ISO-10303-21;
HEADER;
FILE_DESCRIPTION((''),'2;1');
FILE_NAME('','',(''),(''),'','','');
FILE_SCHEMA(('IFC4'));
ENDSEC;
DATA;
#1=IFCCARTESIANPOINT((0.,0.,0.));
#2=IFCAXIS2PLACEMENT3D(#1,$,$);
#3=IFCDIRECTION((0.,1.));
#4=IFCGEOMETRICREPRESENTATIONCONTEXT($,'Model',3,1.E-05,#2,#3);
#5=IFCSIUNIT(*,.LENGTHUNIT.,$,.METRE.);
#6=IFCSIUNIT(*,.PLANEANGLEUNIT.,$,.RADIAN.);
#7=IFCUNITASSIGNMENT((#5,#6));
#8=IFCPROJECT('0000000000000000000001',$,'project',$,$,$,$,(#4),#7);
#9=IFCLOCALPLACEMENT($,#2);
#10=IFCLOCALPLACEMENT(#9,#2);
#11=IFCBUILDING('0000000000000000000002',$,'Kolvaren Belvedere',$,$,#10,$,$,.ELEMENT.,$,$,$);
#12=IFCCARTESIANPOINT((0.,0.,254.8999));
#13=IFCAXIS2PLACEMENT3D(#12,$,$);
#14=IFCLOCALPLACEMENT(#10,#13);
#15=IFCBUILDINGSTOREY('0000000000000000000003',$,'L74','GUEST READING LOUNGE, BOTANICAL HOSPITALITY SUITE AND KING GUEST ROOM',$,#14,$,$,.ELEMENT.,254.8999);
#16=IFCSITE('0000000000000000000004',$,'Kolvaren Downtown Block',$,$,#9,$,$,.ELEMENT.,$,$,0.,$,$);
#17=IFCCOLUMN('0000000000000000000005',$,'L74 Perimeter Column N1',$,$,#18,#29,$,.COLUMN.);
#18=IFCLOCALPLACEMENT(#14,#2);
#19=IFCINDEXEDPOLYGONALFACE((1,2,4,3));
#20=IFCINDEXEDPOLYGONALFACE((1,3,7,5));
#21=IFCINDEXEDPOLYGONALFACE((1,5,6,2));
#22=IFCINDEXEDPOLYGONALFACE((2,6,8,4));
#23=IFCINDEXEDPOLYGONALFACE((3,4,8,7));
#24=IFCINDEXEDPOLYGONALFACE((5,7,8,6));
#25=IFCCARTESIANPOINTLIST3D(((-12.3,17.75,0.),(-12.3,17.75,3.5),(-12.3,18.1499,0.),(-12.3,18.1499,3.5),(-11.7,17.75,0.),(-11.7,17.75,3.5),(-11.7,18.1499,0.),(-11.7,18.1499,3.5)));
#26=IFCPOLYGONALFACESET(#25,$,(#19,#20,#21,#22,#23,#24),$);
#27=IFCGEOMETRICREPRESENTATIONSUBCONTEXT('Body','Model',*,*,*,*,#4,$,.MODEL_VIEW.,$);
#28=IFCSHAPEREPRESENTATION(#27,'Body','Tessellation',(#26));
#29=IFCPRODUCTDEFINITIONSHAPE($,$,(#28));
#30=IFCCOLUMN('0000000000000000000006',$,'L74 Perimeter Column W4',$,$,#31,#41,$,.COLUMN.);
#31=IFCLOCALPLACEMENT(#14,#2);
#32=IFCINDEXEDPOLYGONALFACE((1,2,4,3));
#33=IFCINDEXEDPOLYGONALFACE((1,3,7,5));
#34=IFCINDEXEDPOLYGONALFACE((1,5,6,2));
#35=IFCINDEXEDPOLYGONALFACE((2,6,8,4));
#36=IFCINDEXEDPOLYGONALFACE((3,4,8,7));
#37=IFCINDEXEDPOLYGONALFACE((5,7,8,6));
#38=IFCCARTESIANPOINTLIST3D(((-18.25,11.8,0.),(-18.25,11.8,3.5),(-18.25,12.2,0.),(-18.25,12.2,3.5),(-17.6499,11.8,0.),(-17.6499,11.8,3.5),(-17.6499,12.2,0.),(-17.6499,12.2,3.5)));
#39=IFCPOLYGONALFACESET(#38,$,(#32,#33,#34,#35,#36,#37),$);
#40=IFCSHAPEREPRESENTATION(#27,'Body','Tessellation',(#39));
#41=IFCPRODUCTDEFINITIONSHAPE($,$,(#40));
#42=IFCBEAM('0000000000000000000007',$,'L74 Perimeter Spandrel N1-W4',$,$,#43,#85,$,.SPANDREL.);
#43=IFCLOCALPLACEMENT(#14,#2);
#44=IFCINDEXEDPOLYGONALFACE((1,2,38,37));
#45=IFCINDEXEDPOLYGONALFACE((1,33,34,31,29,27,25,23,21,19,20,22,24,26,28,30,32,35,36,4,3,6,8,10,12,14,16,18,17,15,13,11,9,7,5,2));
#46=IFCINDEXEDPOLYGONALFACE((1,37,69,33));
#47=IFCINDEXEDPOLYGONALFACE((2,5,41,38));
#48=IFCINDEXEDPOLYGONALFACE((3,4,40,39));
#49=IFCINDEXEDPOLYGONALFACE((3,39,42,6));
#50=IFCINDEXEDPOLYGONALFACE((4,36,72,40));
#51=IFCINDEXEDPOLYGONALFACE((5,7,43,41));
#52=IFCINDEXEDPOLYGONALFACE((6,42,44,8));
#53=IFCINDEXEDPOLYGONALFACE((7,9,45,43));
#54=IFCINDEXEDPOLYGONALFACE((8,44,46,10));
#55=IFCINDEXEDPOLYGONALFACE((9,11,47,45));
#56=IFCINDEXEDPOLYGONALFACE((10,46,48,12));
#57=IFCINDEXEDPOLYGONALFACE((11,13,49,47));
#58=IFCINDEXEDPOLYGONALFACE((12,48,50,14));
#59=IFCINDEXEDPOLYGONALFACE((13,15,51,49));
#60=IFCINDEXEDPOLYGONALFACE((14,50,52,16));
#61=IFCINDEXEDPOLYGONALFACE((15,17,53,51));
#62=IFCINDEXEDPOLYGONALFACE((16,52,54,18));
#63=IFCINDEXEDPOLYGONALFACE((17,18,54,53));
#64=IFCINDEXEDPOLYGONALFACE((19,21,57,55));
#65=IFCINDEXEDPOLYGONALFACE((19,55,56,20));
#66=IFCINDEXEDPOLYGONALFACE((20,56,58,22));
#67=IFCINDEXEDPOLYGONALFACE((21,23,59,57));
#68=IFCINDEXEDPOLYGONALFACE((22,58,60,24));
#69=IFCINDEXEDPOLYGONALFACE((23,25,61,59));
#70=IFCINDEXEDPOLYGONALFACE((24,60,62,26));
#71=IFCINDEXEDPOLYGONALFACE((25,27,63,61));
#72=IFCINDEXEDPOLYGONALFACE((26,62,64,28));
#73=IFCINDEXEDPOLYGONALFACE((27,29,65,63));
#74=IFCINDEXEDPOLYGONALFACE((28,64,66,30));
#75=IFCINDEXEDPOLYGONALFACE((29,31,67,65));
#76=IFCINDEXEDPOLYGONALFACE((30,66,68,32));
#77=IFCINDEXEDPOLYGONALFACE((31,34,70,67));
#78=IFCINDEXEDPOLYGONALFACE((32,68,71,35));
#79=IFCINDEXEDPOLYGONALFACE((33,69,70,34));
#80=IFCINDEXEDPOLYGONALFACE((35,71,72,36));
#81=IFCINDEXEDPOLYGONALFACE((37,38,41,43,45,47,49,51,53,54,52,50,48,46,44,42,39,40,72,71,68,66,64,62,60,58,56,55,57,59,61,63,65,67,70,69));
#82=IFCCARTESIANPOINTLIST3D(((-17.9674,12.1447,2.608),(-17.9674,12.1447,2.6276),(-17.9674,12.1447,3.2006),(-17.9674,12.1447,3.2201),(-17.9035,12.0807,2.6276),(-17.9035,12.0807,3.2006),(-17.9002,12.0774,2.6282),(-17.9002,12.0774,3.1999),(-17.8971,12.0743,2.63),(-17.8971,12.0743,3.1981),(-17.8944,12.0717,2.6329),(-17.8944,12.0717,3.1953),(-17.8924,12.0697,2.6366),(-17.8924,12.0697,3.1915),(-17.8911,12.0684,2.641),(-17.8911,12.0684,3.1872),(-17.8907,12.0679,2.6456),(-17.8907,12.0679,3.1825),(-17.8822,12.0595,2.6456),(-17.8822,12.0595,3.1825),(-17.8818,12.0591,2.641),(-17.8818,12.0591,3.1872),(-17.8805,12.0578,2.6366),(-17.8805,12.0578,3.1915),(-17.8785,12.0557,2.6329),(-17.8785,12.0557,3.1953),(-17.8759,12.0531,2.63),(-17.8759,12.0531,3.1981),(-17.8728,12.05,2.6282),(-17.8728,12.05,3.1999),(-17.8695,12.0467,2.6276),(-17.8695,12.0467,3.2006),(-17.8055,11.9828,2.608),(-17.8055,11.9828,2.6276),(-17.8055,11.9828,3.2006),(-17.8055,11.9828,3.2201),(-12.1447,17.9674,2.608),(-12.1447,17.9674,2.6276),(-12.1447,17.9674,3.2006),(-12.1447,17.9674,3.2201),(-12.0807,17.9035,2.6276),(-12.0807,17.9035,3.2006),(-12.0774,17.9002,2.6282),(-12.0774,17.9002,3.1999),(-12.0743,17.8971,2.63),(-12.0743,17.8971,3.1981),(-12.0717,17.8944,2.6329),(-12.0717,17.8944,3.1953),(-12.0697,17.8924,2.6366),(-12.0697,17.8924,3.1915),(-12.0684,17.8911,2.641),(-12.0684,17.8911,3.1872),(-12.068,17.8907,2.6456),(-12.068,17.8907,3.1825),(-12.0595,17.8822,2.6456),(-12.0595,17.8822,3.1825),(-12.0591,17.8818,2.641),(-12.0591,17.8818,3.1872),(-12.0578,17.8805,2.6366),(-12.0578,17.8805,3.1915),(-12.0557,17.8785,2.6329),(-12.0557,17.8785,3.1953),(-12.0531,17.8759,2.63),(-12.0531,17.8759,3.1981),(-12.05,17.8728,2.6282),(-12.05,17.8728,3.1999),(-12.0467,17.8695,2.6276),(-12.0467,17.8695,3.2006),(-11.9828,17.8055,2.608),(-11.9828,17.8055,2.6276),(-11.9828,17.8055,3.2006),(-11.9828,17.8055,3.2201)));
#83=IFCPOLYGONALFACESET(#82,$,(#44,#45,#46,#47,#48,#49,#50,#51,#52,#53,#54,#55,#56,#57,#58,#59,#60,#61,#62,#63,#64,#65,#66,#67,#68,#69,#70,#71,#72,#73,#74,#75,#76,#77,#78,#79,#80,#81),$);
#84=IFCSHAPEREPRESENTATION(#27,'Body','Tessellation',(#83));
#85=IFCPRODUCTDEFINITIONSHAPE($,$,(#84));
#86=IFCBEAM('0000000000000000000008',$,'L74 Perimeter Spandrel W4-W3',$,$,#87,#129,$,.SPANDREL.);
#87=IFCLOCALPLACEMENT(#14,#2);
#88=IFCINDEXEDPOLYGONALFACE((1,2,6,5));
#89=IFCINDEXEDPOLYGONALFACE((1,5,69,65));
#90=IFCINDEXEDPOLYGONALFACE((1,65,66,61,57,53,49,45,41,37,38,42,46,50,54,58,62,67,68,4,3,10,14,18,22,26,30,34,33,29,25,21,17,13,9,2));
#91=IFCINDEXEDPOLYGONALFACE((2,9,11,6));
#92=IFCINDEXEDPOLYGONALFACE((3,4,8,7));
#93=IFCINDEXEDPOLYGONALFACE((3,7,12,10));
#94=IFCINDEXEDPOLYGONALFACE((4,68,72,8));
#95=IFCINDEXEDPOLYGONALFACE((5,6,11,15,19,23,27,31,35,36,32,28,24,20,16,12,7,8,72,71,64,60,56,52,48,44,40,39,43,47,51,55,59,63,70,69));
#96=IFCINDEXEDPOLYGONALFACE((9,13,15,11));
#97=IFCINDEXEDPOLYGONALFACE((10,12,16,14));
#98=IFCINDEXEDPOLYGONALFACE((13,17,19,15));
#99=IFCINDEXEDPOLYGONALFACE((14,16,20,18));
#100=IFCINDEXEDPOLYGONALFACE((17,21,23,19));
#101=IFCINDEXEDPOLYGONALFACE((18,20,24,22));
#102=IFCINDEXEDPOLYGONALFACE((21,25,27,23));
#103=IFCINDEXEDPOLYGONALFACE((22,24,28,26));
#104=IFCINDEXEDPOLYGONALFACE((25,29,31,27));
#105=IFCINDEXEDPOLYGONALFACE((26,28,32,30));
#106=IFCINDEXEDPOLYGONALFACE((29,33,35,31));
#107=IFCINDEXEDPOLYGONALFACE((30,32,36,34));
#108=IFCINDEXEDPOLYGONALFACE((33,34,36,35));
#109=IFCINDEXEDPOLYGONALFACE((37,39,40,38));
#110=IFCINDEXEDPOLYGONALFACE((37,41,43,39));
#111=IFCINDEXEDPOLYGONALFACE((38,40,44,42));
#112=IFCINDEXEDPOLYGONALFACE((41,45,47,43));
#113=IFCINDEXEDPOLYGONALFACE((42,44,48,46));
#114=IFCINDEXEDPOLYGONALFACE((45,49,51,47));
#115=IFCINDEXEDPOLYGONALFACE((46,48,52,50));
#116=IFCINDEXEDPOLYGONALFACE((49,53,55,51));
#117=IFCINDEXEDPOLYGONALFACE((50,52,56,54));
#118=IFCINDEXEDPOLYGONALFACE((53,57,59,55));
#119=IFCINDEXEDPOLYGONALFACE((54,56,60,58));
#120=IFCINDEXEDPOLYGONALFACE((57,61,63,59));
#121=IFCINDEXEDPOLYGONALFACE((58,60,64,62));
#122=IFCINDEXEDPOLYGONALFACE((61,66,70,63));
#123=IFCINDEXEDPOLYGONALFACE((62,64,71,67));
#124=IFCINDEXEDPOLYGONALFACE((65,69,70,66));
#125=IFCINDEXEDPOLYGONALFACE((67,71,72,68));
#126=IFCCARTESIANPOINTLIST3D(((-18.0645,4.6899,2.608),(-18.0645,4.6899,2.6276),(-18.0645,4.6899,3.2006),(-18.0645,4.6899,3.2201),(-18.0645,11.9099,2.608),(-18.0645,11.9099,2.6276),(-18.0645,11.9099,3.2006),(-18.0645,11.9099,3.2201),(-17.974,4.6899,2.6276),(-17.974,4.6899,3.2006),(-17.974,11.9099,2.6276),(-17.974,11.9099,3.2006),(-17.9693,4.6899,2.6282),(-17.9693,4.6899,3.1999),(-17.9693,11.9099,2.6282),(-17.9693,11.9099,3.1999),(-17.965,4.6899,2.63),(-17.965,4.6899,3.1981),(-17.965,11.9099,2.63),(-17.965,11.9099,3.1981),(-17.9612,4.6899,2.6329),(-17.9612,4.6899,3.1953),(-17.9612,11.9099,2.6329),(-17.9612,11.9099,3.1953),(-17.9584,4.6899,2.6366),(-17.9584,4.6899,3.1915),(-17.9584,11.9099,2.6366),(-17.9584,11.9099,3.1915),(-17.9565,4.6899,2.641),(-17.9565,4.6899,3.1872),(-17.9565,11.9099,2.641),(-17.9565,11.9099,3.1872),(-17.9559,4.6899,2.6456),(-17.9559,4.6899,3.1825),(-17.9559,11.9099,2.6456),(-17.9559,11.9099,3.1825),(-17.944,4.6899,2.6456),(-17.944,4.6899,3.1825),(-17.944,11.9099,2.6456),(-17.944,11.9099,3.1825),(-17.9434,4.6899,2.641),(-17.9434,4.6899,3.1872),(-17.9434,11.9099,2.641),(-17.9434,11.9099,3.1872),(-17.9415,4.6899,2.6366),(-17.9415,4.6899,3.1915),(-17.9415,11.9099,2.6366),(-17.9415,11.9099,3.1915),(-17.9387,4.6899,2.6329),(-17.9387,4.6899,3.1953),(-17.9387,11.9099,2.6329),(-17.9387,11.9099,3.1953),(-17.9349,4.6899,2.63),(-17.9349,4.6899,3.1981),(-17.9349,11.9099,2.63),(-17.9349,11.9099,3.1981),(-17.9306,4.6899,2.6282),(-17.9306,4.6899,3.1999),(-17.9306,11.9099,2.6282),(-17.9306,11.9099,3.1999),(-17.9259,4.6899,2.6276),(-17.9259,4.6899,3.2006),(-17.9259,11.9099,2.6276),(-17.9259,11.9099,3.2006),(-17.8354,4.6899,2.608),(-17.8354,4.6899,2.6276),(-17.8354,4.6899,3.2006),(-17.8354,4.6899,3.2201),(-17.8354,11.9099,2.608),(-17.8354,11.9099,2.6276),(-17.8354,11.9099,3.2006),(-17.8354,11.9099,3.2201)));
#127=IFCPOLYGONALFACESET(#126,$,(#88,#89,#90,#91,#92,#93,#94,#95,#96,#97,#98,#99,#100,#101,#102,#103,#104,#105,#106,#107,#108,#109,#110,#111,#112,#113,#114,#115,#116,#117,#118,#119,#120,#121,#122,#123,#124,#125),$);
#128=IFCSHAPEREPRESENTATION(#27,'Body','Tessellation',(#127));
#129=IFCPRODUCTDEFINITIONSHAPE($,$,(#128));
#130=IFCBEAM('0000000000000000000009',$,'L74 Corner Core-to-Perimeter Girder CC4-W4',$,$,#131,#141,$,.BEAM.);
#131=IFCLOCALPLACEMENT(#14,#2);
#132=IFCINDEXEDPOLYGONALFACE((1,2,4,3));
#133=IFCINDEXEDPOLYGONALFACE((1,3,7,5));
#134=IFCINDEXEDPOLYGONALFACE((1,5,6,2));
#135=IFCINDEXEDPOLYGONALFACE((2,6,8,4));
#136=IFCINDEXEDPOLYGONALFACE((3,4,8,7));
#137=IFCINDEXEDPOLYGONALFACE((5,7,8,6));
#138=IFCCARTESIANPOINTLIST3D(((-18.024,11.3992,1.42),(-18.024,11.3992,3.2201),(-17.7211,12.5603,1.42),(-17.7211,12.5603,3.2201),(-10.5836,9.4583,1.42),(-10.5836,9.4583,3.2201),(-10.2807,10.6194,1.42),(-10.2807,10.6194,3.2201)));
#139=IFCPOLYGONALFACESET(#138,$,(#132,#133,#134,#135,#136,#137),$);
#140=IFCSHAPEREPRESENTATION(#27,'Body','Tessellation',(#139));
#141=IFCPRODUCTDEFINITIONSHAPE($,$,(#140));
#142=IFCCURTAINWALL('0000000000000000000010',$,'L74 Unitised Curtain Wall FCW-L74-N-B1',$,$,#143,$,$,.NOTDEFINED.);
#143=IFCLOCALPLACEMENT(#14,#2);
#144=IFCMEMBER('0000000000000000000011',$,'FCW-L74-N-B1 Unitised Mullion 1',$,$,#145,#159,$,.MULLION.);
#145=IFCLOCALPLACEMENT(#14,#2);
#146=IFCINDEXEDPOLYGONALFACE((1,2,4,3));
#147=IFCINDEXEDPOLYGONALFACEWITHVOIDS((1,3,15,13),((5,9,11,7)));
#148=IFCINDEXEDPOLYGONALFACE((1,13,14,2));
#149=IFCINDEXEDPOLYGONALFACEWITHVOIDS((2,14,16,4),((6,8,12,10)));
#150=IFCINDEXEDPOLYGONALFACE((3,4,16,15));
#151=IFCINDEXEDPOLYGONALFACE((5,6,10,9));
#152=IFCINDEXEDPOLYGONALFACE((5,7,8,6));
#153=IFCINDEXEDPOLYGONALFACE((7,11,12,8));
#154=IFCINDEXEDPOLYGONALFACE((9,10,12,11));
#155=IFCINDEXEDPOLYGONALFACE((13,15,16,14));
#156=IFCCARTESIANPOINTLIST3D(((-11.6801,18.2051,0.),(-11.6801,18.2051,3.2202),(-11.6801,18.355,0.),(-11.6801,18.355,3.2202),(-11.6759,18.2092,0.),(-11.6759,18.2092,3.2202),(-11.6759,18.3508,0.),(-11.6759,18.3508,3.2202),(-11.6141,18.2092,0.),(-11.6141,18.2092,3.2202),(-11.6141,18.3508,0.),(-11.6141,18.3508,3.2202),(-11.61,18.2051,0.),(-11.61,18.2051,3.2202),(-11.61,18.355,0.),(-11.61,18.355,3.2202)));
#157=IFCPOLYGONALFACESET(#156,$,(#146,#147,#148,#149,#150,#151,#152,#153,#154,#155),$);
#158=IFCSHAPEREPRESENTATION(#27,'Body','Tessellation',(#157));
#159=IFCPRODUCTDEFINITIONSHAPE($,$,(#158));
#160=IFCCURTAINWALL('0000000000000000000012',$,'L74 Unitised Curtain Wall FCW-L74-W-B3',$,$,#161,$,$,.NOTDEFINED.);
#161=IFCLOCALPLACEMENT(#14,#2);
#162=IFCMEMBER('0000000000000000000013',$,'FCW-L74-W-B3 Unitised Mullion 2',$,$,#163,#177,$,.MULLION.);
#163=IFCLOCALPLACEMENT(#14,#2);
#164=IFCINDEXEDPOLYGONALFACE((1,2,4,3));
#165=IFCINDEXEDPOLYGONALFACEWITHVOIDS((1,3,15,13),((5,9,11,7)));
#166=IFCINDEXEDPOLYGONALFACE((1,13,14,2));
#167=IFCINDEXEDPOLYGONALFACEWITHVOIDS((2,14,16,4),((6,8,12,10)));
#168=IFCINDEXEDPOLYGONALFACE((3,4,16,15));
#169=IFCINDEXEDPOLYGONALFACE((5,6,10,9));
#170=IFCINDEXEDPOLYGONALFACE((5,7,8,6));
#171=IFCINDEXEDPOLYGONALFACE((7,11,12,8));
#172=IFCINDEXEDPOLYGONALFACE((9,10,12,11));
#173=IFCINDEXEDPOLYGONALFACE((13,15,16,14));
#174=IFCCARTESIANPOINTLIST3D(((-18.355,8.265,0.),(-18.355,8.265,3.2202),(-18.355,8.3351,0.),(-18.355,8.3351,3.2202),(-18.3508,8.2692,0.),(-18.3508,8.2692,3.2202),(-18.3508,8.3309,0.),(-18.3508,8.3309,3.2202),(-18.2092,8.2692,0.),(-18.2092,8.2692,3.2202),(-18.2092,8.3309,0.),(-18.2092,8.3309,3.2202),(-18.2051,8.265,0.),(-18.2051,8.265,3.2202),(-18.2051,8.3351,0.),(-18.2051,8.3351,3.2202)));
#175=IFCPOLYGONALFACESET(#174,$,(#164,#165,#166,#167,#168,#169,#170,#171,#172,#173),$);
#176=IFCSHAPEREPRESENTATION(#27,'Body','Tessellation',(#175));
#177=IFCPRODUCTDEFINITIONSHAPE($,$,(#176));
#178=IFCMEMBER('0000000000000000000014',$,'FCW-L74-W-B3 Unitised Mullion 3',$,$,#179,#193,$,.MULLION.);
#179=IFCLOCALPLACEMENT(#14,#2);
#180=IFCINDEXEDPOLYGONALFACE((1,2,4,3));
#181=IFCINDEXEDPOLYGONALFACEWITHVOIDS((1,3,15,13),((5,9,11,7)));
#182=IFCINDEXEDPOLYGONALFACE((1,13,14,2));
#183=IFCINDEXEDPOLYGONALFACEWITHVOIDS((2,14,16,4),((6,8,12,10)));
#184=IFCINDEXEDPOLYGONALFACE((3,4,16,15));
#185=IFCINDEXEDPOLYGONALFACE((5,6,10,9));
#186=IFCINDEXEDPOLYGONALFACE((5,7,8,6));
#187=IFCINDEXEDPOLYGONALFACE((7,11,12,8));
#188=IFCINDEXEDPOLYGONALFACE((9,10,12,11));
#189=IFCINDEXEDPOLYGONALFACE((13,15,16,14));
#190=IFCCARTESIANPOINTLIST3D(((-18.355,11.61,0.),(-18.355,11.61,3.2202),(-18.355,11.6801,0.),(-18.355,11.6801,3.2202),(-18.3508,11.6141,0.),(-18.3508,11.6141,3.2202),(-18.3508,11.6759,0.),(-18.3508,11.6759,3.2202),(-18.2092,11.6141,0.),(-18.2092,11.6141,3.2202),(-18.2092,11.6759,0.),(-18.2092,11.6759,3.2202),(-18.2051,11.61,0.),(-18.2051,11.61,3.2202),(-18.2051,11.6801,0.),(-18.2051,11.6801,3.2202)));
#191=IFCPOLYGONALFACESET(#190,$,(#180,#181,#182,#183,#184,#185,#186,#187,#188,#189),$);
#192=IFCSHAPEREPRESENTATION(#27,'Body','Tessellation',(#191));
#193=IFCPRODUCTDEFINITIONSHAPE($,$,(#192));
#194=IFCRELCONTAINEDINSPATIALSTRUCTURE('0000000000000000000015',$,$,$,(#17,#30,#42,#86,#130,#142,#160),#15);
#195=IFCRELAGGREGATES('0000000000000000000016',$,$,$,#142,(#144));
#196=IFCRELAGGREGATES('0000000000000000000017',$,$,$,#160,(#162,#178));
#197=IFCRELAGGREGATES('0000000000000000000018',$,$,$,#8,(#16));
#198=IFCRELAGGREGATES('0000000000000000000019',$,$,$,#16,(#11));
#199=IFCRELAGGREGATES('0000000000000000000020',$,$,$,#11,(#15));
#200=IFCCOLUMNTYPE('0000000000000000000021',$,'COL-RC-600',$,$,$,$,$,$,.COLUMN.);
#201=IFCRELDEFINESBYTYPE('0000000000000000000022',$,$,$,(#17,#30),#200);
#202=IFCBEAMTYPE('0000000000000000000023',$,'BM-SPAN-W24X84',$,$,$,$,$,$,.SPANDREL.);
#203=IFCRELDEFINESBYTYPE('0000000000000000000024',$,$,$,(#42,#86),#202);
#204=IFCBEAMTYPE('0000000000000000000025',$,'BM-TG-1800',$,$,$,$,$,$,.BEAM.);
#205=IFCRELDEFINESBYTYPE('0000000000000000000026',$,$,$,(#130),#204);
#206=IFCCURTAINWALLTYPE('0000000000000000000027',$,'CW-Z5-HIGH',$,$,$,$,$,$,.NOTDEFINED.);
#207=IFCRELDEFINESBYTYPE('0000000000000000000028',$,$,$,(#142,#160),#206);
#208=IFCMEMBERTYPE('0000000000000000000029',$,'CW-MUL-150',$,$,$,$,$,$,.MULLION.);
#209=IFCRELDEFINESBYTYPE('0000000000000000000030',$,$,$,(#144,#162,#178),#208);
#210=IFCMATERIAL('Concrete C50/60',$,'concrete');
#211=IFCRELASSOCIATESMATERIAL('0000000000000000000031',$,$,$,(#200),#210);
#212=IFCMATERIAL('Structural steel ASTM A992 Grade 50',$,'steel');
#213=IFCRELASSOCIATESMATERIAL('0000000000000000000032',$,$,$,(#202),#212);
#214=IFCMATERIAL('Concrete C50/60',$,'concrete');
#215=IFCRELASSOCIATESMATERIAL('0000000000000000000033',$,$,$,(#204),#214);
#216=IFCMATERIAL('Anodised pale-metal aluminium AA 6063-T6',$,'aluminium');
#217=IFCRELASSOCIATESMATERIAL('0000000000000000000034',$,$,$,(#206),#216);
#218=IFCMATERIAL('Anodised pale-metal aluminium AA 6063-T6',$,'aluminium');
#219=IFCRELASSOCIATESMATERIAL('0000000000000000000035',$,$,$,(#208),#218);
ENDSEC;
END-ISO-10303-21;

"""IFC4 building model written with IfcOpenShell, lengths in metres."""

from ifc_helpers import new_model, si_unit, direction, frame, origin, origin_2d, place, context, subcontext, project, spatial, rectangle, hollow_rectangle, i_section, extrude, material, material_profile, profile_set, type_object, element, aggregate, save


model = new_model("IFC4")

# Units and contexts
model_context = context("Model", 3, precision=1e-05, world=origin(), true_north=direction((0.0, 1.0)))
body_context = subcontext(model_context, "Body", "Model", "MODEL_VIEW")
ifc_project = project(units=[si_unit("LENGTHUNIT", "METRE"), si_unit("PLANEANGLEUNIT", "RADIAN")], contexts=[model_context])

# Site, building, storey
site_placement = place(None, origin())
site = spatial("IfcSite", under=ifc_project, at=site_placement, Name="Kolvaren Downtown Block", CompositionType="ELEMENT", RefElevation=0.0)
building_placement = place(site_placement, origin())
building = spatial("IfcBuilding", under=site, at=building_placement, Name="Kolvaren Belvedere", CompositionType="ELEMENT")
storey_placement = place(building_placement, frame((0.0, 0.0, 254.8999)))
storey = spatial("IfcBuildingStorey", under=building, at=storey_placement, Name="L74", Description="GUEST READING LOUNGE, BOTANICAL HOSPITALITY SUITE AND KING GUEST ROOM", CompositionType="ELEMENT", Elevation=254.8999)

# Columns
ifc_material_1 = material(Name="Concrete C50/60", Category="concrete")
ifc_material_profile_1 = material_profile(ifc_material_1, rectangle(XDim=0.6001, YDim=0.3999, at=origin_2d()), Name="RC 600X400")
ifc_profile_set_1 = profile_set([ifc_material_profile_1], Name="Concrete C50/60")
column_type = type_object("IfcColumnType", Name="COL-RC-600", PredefinedType="COLUMN", material=ifc_profile_set_1)
for number, where, z_axis, x_axis, name in (
    (1, (-12.0, 17.95, 0.0), (0.0, 0.0, 1.0), (1.0, 0.0, 0.0), "L74 Perimeter Column N1"),
    (2, (-17.95, 12.0, 0.0), (0.0, 0.0, 1.0), (1.0, 0.0, 0.0), "L74 Perimeter Column W4"),
):
    element("IfcColumn", number, at=place(storey_placement, frame(where, z_axis=z_axis, x_axis=x_axis)), inside=storey, type_object=column_type, Name=name, PredefinedType="COLUMN", context=body_context, shape_type="SweptSolid", body=[
        extrude(rectangle(XDim=0.6001, YDim=0.3999, at=origin_2d()), origin(), (0.0, 0.0, 1.0), 3.5),
    ])

# Beams
ifc_material_2 = material(Name="Structural steel ASTM A992 Grade 50", Category="steel")
ifc_material_profile_2 = material_profile(ifc_material_2, i_section(OverallWidth=0.229, OverallDepth=0.6121, WebThickness=0.012, FlangeThickness=0.0195, FilletRadius=0.0181, at=origin_2d()), Name="W24X84")
ifc_profile_set_2 = profile_set([ifc_material_profile_2], Name="Structural steel ASTM A992 Grade 50")
beam_type_1 = type_object("IfcBeamType", Name="BM-SPAN-W24X84", PredefinedType="SPANDREL", material=ifc_profile_set_2)
beam_1_placement = place(storey_placement, frame((-12.0637, 17.8865, 2.9141), z_axis=(-0.707107, -0.707107, 0.0), x_axis=(0.707107, -0.707107, 0.0)))
element("IfcBeam", 3, at=beam_1_placement, inside=storey, type_object=beam_type_1, Name="L74 Perimeter Spandrel N1-W4", PredefinedType="SPANDREL", context=body_context, shape_type="SweptSolid", body=[
    extrude(i_section(OverallWidth=0.229, OverallDepth=0.6121, WebThickness=0.012, FlangeThickness=0.0195, FilletRadius=0.0181, at=origin_2d()), origin(), (0.0, 0.0, 1.0), 8.2346),
])
beam_2_placement = place(storey_placement, frame((-17.95, 11.9099, 2.9141), z_axis=(0.0, -1.0, 0.0), x_axis=(1.0, 0.0, 0.0)))
element("IfcBeam", 4, at=beam_2_placement, inside=storey, type_object=beam_type_1, Name="L74 Perimeter Spandrel W4-W3", PredefinedType="SPANDREL", context=body_context, shape_type="SweptSolid", body=[
    extrude(i_section(OverallWidth=0.229, OverallDepth=0.6121, WebThickness=0.012, FlangeThickness=0.0195, FilletRadius=0.0181, at=origin_2d()), origin(), (0.0, 0.0, 1.0), 7.22),
])
ifc_material_3 = material(Name="Concrete C50/60", Category="concrete")
ifc_material_profile_3 = material_profile(ifc_material_3, rectangle(XDim=1.2, YDim=1.8, at=origin_2d()), Name="RC 1200X1800")
ifc_profile_set_3 = profile_set([ifc_material_profile_3], Name="Concrete C50/60")
beam_type_2 = type_object("IfcBeamType", Name="BM-TG-1800", PredefinedType="BEAM", material=ifc_profile_set_3)
beam_3_placement = place(storey_placement, frame((-10.4321, 10.0388, 2.3201), z_axis=(-0.967619, 0.252414, 0.0), x_axis=(-0.252414, -0.967619, 0.0)))
element("IfcBeam", 5, at=beam_3_placement, inside=storey, type_object=beam_type_2, Name="L74 Corner Core-to-Perimeter Girder CC4-W4", PredefinedType="BEAM", context=body_context, shape_type="SweptSolid", body=[
    extrude(rectangle(XDim=1.2, YDim=1.8, at=origin_2d()), origin(), (0.0, 0.0, 1.0), 7.6895),
])

# Curtain wall, member
ifc_material_4 = material(Name="Anodised pale-metal aluminium AA 6063-T6", Category="aluminium")
curtain_wall_type = type_object("IfcCurtainWallType", Name="CW-Z5-HIGH", PredefinedType="NOTDEFINED", material=ifc_material_4)
curtain_wall_1_placement = place(storey_placement, origin())
curtain_wall_1 = element("IfcCurtainWall", 6, at=curtain_wall_1_placement, inside=storey, type_object=curtain_wall_type, Name="L74 Unitised Curtain Wall FCW-L74-N-B1", PredefinedType="NOTDEFINED")
ifc_material_5 = material(Name="Anodised pale-metal aluminium AA 6063-T6", Category="aluminium")
ifc_material_profile_4 = material_profile(ifc_material_5, hollow_rectangle(XDim=0.0701, YDim=0.1499, WallThickness=0.0042, at=origin_2d()), Name="ALU-MUL-150X70")
ifc_profile_set_4 = profile_set([ifc_material_profile_4], Name="Anodised pale-metal aluminium AA 6063-T6")
member_type_1 = type_object("IfcMemberType", Name="CW-MUL-150", PredefinedType="MULLION", material=ifc_profile_set_4)
member_1_placement = place(storey_placement, frame((-11.645, 18.28, 0.0), z_axis=(0.0, 0.0, 1.0), x_axis=(1.0, 0.0, 0.0)))
member_1 = element("IfcMember", 7, at=member_1_placement, type_object=member_type_1, Name="FCW-L74-N-B1 Unitised Mullion 1", PredefinedType="MULLION", context=body_context, shape_type="SweptSolid", body=[
    extrude(hollow_rectangle(XDim=0.0701, YDim=0.1499, WallThickness=0.0042, at=origin_2d()), origin(), (0.0, 0.0, 1.0), 3.2202),
])

# Curtain wall, members
curtain_wall_2_placement = place(storey_placement, origin())
curtain_wall_2 = element("IfcCurtainWall", 8, at=curtain_wall_2_placement, inside=storey, type_object=curtain_wall_type, Name="L74 Unitised Curtain Wall FCW-L74-W-B3", PredefinedType="NOTDEFINED")
member_2_placement = place(storey_placement, frame((-18.28, 8.3, 0.0), z_axis=(0.0, 0.0, 1.0), x_axis=(0.0, 1.0, 0.0)))
member_2 = element("IfcMember", 9, at=member_2_placement, type_object=member_type_1, Name="FCW-L74-W-B3 Unitised Mullion 2", PredefinedType="MULLION", context=body_context, shape_type="SweptSolid", body=[
    extrude(hollow_rectangle(XDim=0.0701, YDim=0.1499, WallThickness=0.0042, at=origin_2d()), origin(), (0.0, 0.0, 1.0), 3.2202),
])
member_3_placement = place(storey_placement, frame((-18.28, 11.645, 0.0), z_axis=(0.0, 0.0, 1.0), x_axis=(0.0, 1.0, 0.0)))
member_3 = element("IfcMember", 10, at=member_3_placement, type_object=member_type_1, Name="FCW-L74-W-B3 Unitised Mullion 3", PredefinedType="MULLION", context=body_context, shape_type="SweptSolid", body=[
    extrude(hollow_rectangle(XDim=0.0701, YDim=0.1499, WallThickness=0.0042, at=origin_2d()), origin(), (0.0, 0.0, 1.0), 3.2202),
])

aggregate(curtain_wall_1, [member_1])

aggregate(curtain_wall_2, [member_2, member_3])

save(model, "model.ifc")
